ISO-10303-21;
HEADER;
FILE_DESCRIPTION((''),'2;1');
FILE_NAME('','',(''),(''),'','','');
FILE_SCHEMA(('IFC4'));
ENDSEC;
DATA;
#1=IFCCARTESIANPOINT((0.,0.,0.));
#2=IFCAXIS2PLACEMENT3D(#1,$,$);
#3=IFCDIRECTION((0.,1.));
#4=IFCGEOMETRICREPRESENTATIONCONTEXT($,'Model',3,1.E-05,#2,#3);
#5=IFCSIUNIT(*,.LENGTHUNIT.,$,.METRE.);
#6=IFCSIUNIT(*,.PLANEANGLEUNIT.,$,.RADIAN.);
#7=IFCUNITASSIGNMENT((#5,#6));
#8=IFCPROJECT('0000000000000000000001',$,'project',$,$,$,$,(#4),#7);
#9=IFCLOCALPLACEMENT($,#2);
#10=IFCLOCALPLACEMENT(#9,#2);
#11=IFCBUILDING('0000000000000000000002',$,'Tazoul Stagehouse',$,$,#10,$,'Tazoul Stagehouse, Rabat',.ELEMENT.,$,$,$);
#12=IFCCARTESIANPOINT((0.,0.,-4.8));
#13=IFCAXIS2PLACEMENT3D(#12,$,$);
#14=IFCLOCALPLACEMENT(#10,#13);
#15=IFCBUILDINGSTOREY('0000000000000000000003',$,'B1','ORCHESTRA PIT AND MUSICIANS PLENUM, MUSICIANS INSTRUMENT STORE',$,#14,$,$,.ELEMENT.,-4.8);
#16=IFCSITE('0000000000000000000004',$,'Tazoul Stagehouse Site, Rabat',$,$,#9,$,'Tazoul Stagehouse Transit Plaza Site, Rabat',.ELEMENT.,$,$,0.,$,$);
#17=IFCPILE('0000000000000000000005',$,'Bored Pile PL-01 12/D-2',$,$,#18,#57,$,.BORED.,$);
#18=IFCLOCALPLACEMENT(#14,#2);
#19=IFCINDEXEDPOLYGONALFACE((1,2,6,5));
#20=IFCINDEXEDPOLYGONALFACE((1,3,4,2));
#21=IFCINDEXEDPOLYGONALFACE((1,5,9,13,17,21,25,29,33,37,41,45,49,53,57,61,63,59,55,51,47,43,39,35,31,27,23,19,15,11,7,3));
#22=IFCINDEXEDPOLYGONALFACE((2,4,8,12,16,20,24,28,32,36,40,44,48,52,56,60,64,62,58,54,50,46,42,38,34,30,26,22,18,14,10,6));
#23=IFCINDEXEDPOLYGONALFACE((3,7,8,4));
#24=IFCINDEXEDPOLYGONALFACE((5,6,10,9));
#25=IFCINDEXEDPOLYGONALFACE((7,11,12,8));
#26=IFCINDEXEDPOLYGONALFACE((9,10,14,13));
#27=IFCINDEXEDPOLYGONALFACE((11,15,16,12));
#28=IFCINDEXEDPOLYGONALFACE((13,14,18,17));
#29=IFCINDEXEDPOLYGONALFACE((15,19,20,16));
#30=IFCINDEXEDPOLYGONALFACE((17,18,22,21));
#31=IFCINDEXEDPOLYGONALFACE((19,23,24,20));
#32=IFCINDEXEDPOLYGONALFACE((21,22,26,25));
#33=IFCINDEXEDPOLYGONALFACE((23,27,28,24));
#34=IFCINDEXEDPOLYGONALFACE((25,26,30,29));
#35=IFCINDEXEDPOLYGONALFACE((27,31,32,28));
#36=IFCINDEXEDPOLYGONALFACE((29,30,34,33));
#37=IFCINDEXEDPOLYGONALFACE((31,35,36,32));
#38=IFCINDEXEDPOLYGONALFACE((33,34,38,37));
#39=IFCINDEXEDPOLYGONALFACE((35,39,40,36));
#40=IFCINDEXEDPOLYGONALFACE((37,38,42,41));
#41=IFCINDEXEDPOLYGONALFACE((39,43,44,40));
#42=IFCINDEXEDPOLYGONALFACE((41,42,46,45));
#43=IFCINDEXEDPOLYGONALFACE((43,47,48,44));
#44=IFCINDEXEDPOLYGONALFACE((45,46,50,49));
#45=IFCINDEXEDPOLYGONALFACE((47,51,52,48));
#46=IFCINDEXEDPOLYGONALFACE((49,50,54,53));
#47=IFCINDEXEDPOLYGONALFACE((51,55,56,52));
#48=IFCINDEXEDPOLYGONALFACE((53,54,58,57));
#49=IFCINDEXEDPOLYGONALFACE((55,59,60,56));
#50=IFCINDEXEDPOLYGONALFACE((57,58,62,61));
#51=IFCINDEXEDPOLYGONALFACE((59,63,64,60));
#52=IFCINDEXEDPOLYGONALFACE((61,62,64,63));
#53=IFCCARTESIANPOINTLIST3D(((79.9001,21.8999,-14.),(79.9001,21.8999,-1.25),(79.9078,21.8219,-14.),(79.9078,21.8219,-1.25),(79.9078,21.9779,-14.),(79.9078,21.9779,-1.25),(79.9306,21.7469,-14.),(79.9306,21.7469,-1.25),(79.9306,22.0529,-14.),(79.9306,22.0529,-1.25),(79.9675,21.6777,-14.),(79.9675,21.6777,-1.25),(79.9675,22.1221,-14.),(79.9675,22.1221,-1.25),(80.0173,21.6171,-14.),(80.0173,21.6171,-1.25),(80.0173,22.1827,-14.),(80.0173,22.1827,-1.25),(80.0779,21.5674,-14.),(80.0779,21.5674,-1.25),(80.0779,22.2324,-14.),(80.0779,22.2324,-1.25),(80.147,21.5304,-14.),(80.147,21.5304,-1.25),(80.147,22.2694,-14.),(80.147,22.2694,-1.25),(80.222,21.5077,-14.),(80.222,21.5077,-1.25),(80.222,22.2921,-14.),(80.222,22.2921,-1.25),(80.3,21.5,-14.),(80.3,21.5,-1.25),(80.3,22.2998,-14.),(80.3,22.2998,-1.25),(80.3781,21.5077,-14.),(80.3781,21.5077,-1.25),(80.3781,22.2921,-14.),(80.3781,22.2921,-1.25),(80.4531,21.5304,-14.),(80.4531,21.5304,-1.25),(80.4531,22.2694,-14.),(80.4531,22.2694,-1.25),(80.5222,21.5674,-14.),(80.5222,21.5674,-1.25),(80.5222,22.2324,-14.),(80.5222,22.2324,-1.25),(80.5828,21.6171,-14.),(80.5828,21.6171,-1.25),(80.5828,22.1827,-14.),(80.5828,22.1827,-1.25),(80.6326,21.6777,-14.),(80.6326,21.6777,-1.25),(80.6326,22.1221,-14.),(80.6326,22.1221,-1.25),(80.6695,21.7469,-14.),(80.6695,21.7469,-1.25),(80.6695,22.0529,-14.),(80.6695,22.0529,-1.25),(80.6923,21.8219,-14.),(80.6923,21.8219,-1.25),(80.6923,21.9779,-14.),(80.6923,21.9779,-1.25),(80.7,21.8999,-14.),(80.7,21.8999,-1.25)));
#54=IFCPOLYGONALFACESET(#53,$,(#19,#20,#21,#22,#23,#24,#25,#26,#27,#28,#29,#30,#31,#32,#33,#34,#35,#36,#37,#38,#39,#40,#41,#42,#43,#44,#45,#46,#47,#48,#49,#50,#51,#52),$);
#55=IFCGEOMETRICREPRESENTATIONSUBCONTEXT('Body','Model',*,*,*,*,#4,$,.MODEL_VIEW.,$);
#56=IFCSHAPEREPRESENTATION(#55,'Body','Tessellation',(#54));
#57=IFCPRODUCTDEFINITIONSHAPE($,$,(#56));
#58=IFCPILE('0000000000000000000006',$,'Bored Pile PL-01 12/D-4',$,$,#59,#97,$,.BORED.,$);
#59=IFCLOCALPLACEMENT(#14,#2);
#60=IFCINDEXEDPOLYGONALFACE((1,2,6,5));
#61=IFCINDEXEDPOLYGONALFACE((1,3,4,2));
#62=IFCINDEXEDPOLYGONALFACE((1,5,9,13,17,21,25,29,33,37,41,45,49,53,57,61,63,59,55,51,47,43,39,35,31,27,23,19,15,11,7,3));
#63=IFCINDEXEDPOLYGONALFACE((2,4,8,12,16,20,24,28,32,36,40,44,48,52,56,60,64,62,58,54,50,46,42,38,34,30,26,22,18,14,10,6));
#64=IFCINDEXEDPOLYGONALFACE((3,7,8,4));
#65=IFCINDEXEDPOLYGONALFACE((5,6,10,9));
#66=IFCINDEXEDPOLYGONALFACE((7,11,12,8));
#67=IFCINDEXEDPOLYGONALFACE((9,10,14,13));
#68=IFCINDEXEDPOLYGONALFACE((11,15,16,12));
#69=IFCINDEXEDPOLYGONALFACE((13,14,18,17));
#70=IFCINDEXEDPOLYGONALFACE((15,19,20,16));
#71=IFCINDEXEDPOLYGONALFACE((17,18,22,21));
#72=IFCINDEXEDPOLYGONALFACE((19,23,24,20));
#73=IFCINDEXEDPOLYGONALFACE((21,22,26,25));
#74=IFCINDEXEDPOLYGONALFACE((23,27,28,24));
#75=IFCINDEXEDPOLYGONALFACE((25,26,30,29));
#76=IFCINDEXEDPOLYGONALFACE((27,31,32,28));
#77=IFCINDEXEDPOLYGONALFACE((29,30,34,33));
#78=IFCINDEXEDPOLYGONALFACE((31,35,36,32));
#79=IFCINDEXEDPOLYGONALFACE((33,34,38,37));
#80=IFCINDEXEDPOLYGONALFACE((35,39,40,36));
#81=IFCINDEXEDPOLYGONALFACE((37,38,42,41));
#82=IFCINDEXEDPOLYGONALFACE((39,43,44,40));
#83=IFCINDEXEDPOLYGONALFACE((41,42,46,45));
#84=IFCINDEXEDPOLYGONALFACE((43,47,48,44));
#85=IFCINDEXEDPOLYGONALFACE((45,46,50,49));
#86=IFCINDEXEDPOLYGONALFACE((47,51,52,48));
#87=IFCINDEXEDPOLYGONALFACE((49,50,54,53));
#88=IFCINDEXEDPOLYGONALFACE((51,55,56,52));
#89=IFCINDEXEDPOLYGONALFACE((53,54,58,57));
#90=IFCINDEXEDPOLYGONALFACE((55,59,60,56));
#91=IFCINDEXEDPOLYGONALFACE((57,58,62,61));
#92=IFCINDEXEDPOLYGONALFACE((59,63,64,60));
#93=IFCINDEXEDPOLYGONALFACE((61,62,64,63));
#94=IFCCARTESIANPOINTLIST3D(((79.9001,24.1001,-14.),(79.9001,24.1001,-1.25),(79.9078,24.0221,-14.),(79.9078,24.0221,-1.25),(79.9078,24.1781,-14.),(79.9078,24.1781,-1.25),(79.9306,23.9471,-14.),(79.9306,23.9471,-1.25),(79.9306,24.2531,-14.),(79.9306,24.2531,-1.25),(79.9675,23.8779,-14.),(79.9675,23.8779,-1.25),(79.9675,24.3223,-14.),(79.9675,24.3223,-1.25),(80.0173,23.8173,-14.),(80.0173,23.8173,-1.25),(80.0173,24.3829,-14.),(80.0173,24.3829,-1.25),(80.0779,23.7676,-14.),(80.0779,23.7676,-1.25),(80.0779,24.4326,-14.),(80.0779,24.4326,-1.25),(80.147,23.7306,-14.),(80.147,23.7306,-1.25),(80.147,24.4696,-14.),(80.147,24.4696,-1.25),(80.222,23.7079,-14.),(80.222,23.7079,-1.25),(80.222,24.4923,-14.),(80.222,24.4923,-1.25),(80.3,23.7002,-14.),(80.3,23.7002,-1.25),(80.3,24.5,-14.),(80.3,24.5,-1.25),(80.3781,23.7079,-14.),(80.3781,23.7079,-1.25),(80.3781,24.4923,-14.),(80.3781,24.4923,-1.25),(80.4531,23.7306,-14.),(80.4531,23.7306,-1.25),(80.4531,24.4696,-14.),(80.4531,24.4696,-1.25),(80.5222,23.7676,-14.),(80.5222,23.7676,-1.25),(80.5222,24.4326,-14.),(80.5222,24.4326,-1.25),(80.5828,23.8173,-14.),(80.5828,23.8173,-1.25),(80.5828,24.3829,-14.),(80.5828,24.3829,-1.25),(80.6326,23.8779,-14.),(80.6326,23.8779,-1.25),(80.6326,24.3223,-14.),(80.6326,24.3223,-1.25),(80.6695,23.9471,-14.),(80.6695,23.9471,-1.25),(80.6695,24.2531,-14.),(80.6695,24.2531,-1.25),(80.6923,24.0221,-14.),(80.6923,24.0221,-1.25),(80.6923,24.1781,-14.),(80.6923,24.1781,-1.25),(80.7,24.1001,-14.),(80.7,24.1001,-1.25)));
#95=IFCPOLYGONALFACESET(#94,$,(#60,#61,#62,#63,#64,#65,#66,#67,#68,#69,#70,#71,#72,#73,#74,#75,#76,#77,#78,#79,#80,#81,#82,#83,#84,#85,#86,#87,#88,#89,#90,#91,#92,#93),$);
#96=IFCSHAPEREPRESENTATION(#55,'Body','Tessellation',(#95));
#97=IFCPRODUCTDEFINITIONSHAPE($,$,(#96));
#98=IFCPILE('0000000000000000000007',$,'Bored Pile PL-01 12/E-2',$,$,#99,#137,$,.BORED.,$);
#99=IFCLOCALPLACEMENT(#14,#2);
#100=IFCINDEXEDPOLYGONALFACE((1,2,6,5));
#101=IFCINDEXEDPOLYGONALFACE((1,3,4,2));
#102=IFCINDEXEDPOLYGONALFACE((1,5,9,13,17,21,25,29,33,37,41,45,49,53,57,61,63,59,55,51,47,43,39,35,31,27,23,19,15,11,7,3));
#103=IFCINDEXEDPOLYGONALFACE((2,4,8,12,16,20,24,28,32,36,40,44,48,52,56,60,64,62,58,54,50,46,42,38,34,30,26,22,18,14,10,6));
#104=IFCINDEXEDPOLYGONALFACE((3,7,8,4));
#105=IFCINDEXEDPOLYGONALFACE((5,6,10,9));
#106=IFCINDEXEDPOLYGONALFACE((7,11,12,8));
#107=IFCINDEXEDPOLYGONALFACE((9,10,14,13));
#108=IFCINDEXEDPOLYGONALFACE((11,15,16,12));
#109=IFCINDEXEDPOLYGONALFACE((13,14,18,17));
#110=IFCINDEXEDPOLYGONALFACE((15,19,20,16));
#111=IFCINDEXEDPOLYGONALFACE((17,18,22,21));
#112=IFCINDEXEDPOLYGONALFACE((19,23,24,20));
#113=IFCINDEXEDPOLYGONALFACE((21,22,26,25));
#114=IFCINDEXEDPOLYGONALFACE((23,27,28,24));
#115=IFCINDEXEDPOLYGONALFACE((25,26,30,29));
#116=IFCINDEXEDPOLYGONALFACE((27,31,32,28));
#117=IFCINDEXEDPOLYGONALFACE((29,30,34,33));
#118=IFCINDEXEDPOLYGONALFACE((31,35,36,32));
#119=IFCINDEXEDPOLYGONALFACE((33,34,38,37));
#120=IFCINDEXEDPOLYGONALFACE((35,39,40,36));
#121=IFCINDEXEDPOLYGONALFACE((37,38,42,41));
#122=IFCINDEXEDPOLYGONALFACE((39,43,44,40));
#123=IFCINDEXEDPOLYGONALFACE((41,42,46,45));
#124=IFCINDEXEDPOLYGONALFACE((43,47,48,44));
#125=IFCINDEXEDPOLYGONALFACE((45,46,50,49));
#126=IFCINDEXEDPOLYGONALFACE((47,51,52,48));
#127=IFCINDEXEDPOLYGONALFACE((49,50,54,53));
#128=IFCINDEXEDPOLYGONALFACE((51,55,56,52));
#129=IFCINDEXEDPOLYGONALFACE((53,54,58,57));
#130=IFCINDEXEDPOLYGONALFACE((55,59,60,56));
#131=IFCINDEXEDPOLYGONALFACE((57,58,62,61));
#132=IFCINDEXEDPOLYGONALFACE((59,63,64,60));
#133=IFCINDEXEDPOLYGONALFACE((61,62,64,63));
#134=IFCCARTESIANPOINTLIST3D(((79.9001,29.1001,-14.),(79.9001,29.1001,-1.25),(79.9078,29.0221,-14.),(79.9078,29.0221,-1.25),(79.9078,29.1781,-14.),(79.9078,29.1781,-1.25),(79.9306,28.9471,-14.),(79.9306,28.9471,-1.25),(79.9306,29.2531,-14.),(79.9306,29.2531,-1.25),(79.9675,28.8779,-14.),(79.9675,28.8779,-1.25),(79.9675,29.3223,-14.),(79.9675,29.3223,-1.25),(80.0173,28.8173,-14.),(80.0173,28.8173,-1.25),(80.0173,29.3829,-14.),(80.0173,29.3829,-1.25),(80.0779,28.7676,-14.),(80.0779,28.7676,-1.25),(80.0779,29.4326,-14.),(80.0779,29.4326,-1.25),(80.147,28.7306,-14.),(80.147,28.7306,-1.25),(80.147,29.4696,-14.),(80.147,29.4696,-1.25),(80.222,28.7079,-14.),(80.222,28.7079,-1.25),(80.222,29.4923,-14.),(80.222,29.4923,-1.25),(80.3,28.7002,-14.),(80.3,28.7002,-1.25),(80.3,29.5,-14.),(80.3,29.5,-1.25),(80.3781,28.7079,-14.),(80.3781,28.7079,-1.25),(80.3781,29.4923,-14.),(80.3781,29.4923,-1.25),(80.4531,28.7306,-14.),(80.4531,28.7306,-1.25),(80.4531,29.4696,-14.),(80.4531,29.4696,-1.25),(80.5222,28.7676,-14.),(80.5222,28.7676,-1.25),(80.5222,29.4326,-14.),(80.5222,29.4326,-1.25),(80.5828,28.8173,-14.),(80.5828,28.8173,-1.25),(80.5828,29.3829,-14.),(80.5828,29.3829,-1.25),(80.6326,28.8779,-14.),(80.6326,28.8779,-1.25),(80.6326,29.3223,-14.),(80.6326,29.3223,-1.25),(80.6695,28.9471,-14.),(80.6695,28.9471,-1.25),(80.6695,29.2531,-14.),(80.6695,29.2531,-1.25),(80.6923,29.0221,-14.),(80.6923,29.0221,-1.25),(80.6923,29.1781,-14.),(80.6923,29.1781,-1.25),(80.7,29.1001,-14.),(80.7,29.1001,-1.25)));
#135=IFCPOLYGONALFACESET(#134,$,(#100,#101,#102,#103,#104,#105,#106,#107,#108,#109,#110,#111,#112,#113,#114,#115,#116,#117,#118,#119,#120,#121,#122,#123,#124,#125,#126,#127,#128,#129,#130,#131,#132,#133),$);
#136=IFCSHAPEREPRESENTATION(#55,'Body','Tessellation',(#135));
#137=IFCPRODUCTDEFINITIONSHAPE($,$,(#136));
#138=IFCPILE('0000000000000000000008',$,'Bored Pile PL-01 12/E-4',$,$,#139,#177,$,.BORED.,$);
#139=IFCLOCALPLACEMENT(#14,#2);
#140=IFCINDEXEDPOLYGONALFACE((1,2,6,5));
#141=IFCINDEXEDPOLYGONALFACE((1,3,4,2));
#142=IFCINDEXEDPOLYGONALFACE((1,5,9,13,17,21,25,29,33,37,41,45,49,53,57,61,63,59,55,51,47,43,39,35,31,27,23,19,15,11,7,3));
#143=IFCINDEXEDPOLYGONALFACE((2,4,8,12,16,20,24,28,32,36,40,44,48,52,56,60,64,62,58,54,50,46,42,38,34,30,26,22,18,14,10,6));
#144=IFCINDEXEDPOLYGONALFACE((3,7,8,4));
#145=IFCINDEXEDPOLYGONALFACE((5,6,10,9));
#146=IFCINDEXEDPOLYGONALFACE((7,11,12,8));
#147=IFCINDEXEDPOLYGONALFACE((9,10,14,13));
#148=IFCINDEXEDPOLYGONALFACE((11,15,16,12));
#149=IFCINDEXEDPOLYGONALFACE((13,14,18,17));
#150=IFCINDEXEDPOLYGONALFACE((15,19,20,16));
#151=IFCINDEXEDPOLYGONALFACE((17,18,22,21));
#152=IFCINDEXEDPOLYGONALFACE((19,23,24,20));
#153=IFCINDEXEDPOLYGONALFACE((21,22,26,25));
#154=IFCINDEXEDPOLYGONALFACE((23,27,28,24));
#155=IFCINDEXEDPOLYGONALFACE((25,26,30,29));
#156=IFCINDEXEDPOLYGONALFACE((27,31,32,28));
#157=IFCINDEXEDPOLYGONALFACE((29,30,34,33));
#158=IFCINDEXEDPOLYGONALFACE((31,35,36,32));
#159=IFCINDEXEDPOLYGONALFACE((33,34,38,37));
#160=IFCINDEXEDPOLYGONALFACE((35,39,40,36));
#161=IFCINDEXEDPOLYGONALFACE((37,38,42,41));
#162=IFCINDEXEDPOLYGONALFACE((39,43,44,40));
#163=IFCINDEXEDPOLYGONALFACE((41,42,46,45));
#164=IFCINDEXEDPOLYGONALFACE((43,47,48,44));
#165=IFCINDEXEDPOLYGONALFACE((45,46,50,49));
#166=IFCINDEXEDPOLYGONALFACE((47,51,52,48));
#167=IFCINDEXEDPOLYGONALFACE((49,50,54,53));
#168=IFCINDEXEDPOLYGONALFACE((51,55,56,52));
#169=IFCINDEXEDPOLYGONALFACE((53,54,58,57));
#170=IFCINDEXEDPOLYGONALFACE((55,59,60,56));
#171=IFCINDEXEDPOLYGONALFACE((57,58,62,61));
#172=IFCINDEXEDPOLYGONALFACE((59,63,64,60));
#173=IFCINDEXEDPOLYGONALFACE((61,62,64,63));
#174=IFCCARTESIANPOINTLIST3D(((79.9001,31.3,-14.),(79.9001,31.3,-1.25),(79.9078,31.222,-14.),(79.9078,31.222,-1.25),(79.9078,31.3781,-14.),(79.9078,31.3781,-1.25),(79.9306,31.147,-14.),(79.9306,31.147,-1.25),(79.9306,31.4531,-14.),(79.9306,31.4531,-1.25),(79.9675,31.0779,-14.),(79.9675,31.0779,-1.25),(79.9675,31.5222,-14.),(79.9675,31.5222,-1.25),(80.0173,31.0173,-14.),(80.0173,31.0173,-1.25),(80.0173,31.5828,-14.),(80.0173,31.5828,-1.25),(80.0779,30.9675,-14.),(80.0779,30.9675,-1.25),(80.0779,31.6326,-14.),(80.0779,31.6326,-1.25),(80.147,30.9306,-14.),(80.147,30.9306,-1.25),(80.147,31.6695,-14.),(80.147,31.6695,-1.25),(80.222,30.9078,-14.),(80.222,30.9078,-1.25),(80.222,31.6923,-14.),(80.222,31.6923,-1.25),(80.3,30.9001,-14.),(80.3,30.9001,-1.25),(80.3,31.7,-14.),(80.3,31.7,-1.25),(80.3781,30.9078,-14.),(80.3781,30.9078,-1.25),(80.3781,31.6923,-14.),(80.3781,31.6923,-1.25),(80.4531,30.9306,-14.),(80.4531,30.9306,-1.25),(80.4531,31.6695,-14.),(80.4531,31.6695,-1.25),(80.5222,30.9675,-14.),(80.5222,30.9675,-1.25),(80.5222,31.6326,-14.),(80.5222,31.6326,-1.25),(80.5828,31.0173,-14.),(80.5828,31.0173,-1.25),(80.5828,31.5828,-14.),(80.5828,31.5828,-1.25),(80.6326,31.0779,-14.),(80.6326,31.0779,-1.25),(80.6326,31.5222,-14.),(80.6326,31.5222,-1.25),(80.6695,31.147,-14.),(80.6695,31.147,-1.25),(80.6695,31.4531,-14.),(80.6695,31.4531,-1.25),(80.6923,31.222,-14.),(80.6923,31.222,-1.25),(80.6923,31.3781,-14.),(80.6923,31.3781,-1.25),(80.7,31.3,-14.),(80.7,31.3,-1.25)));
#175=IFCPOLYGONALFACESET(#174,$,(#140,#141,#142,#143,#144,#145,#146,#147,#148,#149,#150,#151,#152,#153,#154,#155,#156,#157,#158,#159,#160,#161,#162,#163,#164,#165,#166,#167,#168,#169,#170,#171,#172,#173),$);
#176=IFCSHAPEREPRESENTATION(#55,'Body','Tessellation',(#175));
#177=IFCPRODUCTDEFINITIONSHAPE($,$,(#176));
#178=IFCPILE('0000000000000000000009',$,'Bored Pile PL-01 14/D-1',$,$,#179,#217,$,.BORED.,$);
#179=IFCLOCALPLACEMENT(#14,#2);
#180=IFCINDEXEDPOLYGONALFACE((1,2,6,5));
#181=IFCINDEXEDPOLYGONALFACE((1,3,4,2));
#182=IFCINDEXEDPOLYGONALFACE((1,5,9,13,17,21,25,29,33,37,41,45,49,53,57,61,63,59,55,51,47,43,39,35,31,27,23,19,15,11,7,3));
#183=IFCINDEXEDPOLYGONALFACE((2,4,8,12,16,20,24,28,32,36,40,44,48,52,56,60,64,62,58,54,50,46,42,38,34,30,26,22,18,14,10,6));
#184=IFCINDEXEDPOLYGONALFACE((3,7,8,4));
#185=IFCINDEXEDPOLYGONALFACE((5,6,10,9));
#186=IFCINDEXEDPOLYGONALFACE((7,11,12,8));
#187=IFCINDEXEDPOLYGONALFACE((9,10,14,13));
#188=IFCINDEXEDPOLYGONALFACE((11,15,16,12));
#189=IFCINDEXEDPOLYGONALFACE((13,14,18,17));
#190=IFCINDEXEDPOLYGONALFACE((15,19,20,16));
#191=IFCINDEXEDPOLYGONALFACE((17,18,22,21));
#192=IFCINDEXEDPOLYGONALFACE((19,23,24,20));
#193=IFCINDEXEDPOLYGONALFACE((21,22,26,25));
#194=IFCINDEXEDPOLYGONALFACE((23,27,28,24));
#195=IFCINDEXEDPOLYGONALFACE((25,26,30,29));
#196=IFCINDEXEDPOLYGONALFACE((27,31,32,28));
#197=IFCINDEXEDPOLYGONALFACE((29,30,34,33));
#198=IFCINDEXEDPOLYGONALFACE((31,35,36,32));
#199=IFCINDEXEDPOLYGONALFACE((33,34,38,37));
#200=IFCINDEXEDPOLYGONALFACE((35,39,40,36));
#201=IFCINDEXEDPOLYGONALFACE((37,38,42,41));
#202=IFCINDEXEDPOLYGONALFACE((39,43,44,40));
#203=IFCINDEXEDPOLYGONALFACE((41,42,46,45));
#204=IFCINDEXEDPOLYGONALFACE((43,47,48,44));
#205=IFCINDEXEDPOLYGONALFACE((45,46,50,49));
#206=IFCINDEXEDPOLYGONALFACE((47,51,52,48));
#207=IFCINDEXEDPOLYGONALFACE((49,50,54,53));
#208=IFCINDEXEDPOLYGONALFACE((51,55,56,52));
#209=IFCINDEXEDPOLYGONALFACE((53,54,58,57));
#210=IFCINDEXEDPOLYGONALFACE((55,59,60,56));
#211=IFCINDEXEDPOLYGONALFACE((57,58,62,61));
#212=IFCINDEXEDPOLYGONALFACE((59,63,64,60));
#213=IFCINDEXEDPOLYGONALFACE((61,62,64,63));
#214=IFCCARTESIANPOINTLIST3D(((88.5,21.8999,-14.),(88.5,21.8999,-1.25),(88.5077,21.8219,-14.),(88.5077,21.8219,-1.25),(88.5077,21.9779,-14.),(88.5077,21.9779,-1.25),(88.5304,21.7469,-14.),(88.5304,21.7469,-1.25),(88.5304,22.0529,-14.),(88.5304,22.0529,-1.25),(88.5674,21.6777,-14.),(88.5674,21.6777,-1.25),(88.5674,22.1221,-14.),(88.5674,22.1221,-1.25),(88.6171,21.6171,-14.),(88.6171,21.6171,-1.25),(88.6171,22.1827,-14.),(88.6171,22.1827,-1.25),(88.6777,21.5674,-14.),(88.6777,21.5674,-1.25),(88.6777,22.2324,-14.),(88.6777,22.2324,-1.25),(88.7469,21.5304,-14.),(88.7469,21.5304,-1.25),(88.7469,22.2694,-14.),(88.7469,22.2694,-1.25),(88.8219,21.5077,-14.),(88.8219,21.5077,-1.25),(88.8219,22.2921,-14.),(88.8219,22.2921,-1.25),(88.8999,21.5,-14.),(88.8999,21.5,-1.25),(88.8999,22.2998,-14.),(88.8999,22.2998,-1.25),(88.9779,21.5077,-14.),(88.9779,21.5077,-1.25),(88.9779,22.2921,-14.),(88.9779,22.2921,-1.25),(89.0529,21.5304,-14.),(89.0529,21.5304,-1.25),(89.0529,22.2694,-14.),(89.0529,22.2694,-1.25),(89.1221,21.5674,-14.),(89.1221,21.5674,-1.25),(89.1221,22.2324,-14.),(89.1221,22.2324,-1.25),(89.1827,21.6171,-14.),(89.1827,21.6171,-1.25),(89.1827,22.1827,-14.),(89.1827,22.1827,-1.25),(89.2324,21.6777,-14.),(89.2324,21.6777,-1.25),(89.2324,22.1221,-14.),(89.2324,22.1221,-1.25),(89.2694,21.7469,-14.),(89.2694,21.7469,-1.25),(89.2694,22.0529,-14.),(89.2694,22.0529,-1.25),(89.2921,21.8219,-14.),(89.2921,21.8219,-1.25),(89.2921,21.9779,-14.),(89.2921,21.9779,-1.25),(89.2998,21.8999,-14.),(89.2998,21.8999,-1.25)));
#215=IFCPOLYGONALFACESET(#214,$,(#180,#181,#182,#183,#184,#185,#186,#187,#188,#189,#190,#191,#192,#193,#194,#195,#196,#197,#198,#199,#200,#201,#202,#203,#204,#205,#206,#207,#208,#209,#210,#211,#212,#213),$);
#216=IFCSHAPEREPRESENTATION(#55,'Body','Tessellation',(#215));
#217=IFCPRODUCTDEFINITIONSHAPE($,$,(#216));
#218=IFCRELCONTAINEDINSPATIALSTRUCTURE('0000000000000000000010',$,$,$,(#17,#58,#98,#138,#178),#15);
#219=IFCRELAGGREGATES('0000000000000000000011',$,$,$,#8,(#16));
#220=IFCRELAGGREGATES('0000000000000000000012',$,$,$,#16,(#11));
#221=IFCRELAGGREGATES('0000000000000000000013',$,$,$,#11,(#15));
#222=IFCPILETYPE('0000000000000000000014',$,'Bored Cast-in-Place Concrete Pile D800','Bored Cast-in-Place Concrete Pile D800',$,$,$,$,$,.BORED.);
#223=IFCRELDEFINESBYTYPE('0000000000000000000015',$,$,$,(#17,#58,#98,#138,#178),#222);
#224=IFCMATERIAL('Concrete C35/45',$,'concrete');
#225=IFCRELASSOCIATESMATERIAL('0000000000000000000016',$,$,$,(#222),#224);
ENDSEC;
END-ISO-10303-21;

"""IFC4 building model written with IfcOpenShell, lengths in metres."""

from ifc_helpers import new_model, si_unit, direction, frame, origin, origin_2d, place, context, subcontext, project, spatial, circle, extrude, material, material_profile, profile_set, type_object, element, save


model = new_model("IFC4")

# Units and contexts
model_context = context("Model", 3, precision=1e-05, world=origin(), true_north=direction((0.0, 1.0)))
body_context = subcontext(model_context, "Body", "Model", "MODEL_VIEW")
ifc_project = project(units=[si_unit("LENGTHUNIT", "METRE"), si_unit("PLANEANGLEUNIT", "RADIAN")], contexts=[model_context])

# Site, building, storey
site_placement = place(None, origin())
site = spatial("IfcSite", under=ifc_project, at=site_placement, Name="Tazoul Stagehouse Site, Rabat", LongName="Tazoul Stagehouse Transit Plaza Site, Rabat", CompositionType="ELEMENT", RefElevation=0.0)
building_placement = place(site_placement, origin())
building = spatial("IfcBuilding", under=site, at=building_placement, Name="Tazoul Stagehouse", LongName="Tazoul Stagehouse, Rabat", CompositionType="ELEMENT")
storey_placement = place(building_placement, frame((0.0, 0.0, -4.8)))
storey = spatial("IfcBuildingStorey", under=building, at=storey_placement, Name="B1", Description="ORCHESTRA PIT AND MUSICIANS PLENUM, MUSICIANS INSTRUMENT STORE", CompositionType="ELEMENT", Elevation=-4.8)

# Piles
ifc_material_1 = material(Name="Concrete C35/45", Category="concrete")
ifc_material_profile_1 = material_profile(ifc_material_1, circle(Radius=0.3999, at=origin_2d()), Name="BORED PILE 800")
ifc_profile_set_1 = profile_set([ifc_material_profile_1], Name="Concrete C35/45")
pile_type = type_object("IfcPileType", Name="Bored Cast-in-Place Concrete Pile D800", Description="Bored Cast-in-Place Concrete Pile D800", PredefinedType="BORED", material=ifc_profile_set_1)
for number, where, z_axis, x_axis, name in (
    (1, (80.3, 21.8999, -1.25), (0.0, 0.0, -1.0), (1.0, 0.0, 0.0), "Bored Pile PL-01 12/D-2"),
    (2, (80.3, 24.1001, -1.25), (0.0, 0.0, -1.0), (1.0, 0.0, 0.0), "Bored Pile PL-01 12/D-4"),
    (3, (80.3, 29.1001, -1.25), (0.0, 0.0, -1.0), (1.0, 0.0, 0.0), "Bored Pile PL-01 12/E-2"),
    (4, (80.3, 31.3, -1.25), (0.0, 0.0, -1.0), (1.0, 0.0, 0.0), "Bored Pile PL-01 12/E-4"),
    (5, (88.8999, 21.8999, -1.25), (0.0, 0.0, -1.0), (1.0, 0.0, 0.0), "Bored Pile PL-01 14/D-1"),
):
    element("IfcPile", number, at=place(storey_placement, frame(where, z_axis=z_axis, x_axis=x_axis)), inside=storey, type_object=pile_type, Name=name, PredefinedType="BORED", context=body_context, shape_type="SweptSolid", body=[
        extrude(circle(Radius=0.3999, at=origin_2d()), origin(), (0.0, 0.0, 1.0), 12.75),
    ])

save(model, "model.ifc")
